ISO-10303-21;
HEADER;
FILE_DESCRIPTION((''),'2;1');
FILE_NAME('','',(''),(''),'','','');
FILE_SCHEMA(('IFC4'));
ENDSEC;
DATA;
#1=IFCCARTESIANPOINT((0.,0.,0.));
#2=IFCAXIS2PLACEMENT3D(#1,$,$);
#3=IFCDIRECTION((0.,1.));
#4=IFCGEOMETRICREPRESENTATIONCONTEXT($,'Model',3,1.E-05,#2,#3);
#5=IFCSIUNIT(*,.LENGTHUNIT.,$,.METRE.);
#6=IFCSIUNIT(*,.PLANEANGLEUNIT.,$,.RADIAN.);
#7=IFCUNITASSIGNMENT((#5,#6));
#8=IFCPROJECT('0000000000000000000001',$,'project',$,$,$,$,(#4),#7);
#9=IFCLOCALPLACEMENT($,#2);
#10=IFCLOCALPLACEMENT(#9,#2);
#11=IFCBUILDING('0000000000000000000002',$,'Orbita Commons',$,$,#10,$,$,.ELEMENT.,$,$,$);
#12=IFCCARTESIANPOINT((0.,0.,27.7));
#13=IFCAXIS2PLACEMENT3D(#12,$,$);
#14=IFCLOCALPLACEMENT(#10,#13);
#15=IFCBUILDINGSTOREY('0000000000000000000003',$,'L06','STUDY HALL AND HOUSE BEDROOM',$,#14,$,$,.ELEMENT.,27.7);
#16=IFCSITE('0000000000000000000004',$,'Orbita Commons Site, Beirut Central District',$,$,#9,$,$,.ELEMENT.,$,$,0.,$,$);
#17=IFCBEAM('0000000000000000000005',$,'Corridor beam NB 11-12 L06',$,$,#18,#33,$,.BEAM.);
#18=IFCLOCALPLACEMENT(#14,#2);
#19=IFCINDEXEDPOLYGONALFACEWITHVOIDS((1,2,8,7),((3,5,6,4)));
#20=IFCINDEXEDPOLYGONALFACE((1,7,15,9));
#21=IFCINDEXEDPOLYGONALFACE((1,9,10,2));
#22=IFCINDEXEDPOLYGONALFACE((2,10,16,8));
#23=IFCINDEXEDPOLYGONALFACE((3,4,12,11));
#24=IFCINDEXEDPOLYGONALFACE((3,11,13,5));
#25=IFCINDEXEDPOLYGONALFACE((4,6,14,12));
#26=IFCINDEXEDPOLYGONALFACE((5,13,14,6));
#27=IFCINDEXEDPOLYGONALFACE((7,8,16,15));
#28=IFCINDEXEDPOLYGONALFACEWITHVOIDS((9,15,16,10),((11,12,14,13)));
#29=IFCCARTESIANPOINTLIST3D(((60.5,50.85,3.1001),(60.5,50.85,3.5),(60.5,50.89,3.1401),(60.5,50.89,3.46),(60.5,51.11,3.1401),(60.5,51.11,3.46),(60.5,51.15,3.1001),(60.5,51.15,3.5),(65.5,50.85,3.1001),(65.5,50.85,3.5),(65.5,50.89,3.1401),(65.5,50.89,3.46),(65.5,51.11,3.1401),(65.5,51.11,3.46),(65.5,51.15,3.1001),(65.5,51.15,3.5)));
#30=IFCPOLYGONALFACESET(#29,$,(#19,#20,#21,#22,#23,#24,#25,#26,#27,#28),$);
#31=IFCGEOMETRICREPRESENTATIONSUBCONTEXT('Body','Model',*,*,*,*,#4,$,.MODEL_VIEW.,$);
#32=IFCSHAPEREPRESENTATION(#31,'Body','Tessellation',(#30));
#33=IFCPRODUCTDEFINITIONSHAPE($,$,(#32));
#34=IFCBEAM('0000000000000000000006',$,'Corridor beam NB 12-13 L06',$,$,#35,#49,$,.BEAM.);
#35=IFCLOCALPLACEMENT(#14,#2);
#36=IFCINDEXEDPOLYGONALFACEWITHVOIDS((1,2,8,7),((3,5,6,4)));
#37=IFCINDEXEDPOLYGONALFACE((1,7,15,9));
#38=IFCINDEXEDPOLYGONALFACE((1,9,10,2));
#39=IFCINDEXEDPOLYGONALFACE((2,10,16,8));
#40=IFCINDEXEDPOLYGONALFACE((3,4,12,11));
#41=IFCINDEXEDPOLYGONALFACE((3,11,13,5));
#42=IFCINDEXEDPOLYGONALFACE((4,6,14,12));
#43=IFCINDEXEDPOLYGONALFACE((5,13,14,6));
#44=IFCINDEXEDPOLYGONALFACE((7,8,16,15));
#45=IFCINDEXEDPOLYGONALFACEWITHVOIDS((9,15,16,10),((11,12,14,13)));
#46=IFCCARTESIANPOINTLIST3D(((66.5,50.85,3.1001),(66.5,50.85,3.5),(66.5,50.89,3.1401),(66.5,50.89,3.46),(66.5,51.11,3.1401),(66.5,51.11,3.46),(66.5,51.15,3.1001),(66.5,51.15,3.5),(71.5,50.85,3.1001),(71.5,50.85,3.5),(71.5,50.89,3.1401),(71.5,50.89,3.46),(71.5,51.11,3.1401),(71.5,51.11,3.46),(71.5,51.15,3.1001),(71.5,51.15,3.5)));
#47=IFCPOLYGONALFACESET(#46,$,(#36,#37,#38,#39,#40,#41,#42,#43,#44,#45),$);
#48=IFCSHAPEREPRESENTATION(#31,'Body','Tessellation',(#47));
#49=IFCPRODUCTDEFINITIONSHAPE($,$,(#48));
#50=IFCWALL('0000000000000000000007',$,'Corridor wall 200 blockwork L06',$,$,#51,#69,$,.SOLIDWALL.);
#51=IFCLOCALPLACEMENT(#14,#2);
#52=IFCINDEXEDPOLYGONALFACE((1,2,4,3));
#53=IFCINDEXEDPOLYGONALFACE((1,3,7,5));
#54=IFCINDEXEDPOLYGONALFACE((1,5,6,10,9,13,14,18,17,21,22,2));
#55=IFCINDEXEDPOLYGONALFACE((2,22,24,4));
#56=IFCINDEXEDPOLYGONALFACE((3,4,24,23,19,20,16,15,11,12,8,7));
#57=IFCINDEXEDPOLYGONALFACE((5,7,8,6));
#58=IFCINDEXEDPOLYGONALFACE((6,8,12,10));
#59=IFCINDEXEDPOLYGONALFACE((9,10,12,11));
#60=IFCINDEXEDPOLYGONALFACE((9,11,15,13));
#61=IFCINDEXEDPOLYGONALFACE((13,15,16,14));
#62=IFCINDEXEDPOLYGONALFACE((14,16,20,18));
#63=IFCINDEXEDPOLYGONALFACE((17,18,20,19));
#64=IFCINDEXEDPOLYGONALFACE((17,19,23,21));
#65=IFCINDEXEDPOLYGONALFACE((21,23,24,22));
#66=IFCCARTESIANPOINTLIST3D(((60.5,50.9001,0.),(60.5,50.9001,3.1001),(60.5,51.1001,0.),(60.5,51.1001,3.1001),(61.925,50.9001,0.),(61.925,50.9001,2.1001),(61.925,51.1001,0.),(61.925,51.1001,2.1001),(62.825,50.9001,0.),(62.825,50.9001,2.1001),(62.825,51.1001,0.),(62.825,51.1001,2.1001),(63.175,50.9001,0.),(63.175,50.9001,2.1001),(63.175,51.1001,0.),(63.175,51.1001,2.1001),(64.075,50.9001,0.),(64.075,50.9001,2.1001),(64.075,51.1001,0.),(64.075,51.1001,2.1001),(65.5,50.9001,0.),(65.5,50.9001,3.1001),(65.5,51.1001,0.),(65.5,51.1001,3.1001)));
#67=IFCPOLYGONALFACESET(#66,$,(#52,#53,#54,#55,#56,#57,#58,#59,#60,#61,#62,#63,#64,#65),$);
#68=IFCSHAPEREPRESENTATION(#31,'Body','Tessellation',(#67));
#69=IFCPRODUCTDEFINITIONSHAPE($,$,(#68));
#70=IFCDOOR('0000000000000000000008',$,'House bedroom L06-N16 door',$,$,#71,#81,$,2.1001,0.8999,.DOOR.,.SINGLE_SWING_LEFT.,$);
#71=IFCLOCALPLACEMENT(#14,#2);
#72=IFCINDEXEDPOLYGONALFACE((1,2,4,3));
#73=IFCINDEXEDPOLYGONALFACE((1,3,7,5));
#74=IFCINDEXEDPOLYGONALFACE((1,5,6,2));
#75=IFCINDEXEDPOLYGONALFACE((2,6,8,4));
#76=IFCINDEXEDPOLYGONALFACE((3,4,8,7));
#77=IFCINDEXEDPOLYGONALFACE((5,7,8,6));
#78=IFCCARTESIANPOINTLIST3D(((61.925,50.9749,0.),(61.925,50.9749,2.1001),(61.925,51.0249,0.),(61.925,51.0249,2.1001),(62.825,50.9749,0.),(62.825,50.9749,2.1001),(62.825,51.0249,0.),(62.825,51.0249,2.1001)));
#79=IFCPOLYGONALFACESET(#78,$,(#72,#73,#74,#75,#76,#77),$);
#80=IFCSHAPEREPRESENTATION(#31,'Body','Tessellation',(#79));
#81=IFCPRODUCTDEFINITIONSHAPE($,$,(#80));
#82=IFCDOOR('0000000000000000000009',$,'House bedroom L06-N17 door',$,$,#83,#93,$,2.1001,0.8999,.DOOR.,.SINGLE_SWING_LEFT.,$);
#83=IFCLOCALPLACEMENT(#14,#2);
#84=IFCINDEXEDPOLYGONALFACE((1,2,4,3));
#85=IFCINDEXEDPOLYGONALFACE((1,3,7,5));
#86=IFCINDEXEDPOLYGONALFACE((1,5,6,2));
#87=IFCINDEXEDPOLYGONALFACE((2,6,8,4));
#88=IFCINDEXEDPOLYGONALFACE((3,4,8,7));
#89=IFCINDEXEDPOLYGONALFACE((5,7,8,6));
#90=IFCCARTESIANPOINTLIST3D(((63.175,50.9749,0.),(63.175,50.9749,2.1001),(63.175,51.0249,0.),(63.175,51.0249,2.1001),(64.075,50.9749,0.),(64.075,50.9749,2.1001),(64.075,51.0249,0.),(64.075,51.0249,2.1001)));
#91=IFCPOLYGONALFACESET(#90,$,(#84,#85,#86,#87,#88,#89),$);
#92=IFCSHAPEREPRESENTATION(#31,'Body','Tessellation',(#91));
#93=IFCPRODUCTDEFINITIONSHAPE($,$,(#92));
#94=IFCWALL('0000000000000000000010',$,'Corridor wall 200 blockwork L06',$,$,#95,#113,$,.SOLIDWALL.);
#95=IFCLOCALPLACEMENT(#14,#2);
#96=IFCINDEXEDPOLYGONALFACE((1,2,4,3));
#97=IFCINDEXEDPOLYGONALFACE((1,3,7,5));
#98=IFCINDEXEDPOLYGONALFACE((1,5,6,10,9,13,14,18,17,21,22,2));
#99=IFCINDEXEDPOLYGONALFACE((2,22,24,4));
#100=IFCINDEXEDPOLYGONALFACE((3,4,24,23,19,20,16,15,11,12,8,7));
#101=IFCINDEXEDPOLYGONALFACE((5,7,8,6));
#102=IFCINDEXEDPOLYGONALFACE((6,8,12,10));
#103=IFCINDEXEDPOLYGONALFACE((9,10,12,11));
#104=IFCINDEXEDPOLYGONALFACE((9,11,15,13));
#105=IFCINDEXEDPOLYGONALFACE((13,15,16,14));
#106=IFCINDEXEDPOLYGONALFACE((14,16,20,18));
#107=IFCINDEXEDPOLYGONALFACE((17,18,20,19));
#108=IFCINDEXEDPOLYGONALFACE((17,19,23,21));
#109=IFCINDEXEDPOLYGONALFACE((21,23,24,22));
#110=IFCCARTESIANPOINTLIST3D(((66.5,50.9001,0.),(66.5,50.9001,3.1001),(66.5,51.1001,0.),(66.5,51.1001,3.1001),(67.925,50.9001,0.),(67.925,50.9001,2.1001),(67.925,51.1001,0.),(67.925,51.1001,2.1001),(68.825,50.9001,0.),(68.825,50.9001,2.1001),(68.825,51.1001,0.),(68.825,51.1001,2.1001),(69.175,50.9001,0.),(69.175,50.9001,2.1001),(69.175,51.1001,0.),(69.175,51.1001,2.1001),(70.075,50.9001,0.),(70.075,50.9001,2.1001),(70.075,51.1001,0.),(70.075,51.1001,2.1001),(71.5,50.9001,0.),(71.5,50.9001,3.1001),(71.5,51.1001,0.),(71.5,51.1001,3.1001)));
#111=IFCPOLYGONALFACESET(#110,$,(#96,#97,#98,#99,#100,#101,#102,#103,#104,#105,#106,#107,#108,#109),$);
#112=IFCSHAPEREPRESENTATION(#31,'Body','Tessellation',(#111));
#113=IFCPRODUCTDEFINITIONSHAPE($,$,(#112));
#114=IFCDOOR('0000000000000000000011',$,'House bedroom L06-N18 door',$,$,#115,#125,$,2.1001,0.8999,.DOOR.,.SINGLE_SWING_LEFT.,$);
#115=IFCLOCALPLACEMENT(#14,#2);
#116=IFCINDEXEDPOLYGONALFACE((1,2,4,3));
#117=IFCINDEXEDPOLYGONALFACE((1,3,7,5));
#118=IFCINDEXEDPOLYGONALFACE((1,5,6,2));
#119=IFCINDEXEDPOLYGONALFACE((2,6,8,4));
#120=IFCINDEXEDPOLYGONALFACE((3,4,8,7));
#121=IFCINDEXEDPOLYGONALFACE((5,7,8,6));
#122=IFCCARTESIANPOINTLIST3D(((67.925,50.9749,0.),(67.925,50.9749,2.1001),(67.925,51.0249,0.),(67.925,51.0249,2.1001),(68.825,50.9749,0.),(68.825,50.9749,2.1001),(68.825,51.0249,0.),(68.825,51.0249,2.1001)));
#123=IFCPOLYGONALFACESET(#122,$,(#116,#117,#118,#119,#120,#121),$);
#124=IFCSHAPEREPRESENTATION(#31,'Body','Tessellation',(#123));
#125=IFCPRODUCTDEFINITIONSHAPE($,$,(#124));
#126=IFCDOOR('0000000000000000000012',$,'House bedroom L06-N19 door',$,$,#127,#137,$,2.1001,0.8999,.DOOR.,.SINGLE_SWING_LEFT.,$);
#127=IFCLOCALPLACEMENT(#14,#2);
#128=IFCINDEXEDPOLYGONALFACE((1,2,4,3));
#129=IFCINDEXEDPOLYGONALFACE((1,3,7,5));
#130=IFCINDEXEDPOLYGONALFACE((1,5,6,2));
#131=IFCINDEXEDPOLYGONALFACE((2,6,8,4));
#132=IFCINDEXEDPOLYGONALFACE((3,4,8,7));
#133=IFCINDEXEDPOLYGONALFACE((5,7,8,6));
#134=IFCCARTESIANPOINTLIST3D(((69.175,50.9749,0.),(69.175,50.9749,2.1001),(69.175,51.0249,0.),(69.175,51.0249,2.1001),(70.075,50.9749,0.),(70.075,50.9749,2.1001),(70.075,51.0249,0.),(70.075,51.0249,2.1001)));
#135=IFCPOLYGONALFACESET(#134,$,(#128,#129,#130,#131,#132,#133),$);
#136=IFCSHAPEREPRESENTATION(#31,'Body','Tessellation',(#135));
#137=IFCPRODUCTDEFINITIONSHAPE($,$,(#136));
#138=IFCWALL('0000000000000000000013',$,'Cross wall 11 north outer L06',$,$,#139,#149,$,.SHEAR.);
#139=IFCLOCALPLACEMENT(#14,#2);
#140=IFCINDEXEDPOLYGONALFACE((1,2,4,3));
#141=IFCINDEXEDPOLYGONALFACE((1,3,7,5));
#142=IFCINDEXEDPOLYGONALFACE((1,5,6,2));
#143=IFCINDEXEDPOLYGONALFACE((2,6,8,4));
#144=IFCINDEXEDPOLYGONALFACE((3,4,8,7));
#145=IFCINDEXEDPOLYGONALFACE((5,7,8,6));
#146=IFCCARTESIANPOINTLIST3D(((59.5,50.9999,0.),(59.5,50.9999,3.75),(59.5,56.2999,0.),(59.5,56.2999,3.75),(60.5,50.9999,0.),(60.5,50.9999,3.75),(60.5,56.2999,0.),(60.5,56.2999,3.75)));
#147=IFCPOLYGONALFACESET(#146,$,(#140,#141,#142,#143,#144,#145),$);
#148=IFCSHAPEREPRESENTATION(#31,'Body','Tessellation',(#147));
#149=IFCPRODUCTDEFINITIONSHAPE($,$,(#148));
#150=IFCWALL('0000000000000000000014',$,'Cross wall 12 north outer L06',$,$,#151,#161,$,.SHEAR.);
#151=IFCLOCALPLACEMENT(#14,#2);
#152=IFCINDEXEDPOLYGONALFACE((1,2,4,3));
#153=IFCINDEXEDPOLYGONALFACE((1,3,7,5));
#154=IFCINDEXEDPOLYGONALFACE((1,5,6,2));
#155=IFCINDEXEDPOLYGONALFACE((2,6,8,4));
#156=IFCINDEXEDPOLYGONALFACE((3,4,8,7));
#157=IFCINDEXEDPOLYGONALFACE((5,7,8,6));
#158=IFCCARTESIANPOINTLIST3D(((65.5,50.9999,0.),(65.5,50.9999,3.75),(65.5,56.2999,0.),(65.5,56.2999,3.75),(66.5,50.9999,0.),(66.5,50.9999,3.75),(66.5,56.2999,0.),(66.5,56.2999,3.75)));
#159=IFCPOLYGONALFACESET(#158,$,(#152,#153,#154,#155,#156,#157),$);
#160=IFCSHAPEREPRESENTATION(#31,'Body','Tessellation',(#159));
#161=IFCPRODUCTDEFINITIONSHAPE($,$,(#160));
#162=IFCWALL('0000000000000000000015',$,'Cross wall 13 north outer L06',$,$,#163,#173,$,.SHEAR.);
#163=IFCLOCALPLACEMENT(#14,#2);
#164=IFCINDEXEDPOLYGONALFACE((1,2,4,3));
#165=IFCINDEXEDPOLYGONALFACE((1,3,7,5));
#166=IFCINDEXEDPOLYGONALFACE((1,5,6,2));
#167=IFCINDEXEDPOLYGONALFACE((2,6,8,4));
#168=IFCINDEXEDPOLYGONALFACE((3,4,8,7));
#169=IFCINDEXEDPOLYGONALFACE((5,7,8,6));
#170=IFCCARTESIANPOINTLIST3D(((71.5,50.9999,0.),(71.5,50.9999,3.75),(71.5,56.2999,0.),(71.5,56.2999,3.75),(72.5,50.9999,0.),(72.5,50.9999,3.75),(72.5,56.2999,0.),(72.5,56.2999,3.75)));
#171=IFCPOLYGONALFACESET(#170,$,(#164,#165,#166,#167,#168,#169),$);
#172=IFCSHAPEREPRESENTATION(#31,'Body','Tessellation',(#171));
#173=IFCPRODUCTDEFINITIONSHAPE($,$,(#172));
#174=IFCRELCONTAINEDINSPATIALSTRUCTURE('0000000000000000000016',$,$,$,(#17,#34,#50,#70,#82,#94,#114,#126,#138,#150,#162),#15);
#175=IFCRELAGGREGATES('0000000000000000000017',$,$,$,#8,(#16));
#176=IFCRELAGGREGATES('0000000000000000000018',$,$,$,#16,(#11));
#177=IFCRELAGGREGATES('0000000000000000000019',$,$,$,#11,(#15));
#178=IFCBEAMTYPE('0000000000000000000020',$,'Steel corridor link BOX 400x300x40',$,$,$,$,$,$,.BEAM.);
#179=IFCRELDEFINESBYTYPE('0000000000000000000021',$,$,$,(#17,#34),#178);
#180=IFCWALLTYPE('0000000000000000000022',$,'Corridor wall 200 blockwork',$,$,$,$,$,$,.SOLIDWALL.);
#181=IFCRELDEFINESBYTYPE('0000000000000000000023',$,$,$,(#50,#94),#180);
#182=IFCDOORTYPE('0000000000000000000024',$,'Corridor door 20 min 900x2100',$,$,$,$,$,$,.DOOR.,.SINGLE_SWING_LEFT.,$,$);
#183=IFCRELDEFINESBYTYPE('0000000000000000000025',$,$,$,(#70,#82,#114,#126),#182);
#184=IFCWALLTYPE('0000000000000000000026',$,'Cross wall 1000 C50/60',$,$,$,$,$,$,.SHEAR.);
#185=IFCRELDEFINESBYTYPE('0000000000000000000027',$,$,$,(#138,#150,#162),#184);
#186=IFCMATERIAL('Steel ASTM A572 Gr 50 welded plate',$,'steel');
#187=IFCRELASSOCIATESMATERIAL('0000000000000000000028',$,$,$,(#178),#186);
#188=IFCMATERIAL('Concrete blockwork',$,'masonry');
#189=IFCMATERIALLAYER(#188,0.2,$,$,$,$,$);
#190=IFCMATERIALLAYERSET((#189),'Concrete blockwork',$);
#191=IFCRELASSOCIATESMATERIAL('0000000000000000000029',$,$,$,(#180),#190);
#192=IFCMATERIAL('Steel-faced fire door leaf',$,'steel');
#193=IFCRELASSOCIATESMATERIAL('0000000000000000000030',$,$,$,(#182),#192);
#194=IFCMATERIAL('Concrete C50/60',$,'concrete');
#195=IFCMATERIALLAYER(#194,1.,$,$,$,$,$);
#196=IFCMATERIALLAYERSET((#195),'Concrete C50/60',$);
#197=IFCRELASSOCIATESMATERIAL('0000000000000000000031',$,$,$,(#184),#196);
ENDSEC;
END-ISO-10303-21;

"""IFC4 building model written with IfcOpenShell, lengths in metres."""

from ifc_helpers import new_model, si_unit, direction, frame, frame_2d, origin, origin_2d, place, context, subcontext, project, spatial, polyline, rectangle, hollow_rectangle, outline, extrude, material, layer, layer_set, material_profile, profile_set, type_object, element, fill, save


model = new_model("IFC4")

# Units and contexts
model_context = context("Model", 3, precision=1e-05, world=origin(), true_north=direction((0.0, 1.0)))
body_context = subcontext(model_context, "Body", "Model", "MODEL_VIEW")
ifc_project = project(units=[si_unit("LENGTHUNIT", "METRE"), si_unit("PLANEANGLEUNIT", "RADIAN")], contexts=[model_context])

# Site, building, storey
site_placement = place(None, origin())
site = spatial("IfcSite", under=ifc_project, at=site_placement, Name="Orbita Commons Site, Beirut Central District", CompositionType="ELEMENT", RefElevation=0.0)
building_placement = place(site_placement, origin())
building = spatial("IfcBuilding", under=site, at=building_placement, Name="Orbita Commons", CompositionType="ELEMENT")
storey_placement = place(building_placement, frame((0.0, 0.0, 27.7)))
storey = spatial("IfcBuildingStorey", under=building, at=storey_placement, Name="L06", Description="STUDY HALL AND HOUSE BEDROOM", CompositionType="ELEMENT", Elevation=27.7)

# Beams
ifc_material_1 = material(Name="Steel ASTM A572 Gr 50 welded plate", Category="steel")
ifc_material_profile = material_profile(ifc_material_1, hollow_rectangle(XDim=0.3, YDim=0.3999, WallThickness=0.04, at=origin_2d()), Name="BOX 400x300x40")
ifc_profile_set = profile_set([ifc_material_profile], Name="Steel ASTM A572 Gr 50 welded plate")
beam_type = type_object("IfcBeamType", Name="Steel corridor link BOX 400x300x40", PredefinedType="BEAM", material=ifc_profile_set)
for number, where, z_axis, x_axis, name in (
    (1, (60.5, 51.0, 3.3), (1.0, 0.0, 0.0), (0.0, 1.0, 0.0), "Corridor beam NB 11-12 L06"),
    (2, (66.5, 51.0, 3.3), (1.0, 0.0, 0.0), (0.0, 1.0, 0.0), "Corridor beam NB 12-13 L06"),
):
    element("IfcBeam", number, at=place(storey_placement, frame(where, z_axis=z_axis, x_axis=x_axis)), inside=storey, type_object=beam_type, Name=name, PredefinedType="BEAM", context=body_context, shape_type="SweptSolid", body=[
        extrude(hollow_rectangle(XDim=0.3, YDim=0.3999, WallThickness=0.04, at=origin_2d()), origin(), (0.0, 0.0, 1.0), 5.0),
    ])

# Walls, openings, doors
ifc_material_2 = material(Name="Concrete blockwork", Category="masonry")
ifc_layer_1 = layer(ifc_material_2, 0.2)
ifc_layer_set_1 = layer_set([ifc_layer_1], Name="Concrete blockwork")
wall_type_1 = type_object("IfcWallType", Name="Corridor wall 200 blockwork", PredefinedType="SOLIDWALL", material=ifc_layer_set_1)
wall_1_placement = place(storey_placement, frame((60.5, 51.0, 0.0), z_axis=(0.0, 0.0, 1.0), x_axis=(1.0, 0.0, 0.0)))
wall_1 = element("IfcWall", 3, at=wall_1_placement, inside=storey, type_object=wall_type_1, Name="Corridor wall 200 blockwork L06", PredefinedType="SOLIDWALL", context=body_context, shape_type="SweptSolid", body=[
    extrude(outline(polyline([(0.0, 0.0), (5.0, 0.0), (5.0, 3.1001), (0.0, 3.1001), (0.0, 0.0)])), frame((0.0, 0.1001, 0.0), z_axis=(0.0, -1.0, 0.0), x_axis=(1.0, 0.0, 0.0)), (0.0, 0.0, 1.0), 0.2),
])
opening_1_placement = place(wall_1_placement, frame((1.425, 0.0, 0.0)))
opening_1 = element("IfcOpeningElement", 4, at=opening_1_placement, cuts=wall_1, PredefinedType="OPENING", context=body_context, shape_type="SweptSolid", body=[
    extrude(rectangle(XDim=0.8999, YDim=2.1001, at=frame_2d((0.45, 1.05))), frame((0.0, 0.1099, 0.0), z_axis=(0.0, -1.0, 0.0), x_axis=(1.0, 0.0, 0.0)), (0.0, 0.0, 1.0), 0.22),
])
opening_2_placement = place(wall_1_placement, frame((2.675, 0.0, 0.0)))
opening_2 = element("IfcOpeningElement", 5, at=opening_2_placement, cuts=wall_1, PredefinedType="OPENING", context=body_context, shape_type="SweptSolid", body=[
    extrude(rectangle(XDim=0.8999, YDim=2.1001, at=frame_2d((0.45, 1.05))), frame((0.0, 0.1099, 0.0), z_axis=(0.0, -1.0, 0.0), x_axis=(1.0, 0.0, 0.0)), (0.0, 0.0, 1.0), 0.22),
])
ifc_material_3 = material(Name="Steel-faced fire door leaf", Category="steel")
door_type_1 = type_object("IfcDoorType", Name="Corridor door 20 min 900x2100", OperationType="SINGLE_SWING_LEFT", PredefinedType="DOOR", material=ifc_material_3)
door_1_placement = place(opening_1_placement, origin())
door_1 = element("IfcDoor", 6, at=door_1_placement, inside=storey, type_object=door_type_1, Name="House bedroom L06-N16 door", OperationType="SINGLE_SWING_LEFT", OverallHeight=2.1001, OverallWidth=0.8999, PredefinedType="DOOR", context=body_context, shape_type="SweptSolid", body=[
    extrude(rectangle(XDim=0.8999, YDim=2.1001, at=frame_2d((0.45, 1.05))), frame((0.0, 0.0249, 0.0), z_axis=(0.0, -1.0, 0.0), x_axis=(1.0, 0.0, 0.0)), (0.0, 0.0, 1.0), 0.05),
])
fill(opening_1, door_1)
door_2_placement = place(opening_2_placement, origin())
door_2 = element("IfcDoor", 7, at=door_2_placement, inside=storey, type_object=door_type_1, Name="House bedroom L06-N17 door", OperationType="SINGLE_SWING_LEFT", OverallHeight=2.1001, OverallWidth=0.8999, PredefinedType="DOOR", context=body_context, shape_type="SweptSolid", body=[
    extrude(rectangle(XDim=0.8999, YDim=2.1001, at=frame_2d((0.45, 1.05))), frame((0.0, 0.0249, 0.0), z_axis=(0.0, -1.0, 0.0), x_axis=(1.0, 0.0, 0.0)), (0.0, 0.0, 1.0), 0.05),
])
fill(opening_2, door_2)
wall_2_placement = place(storey_placement, frame((66.5, 51.0, 0.0), z_axis=(0.0, 0.0, 1.0), x_axis=(1.0, 0.0, 0.0)))
wall_2 = element("IfcWall", 8, at=wall_2_placement, inside=storey, type_object=wall_type_1, Name="Corridor wall 200 blockwork L06", PredefinedType="SOLIDWALL", context=body_context, shape_type="SweptSolid", body=[
    extrude(outline(polyline([(0.0, 0.0), (5.0, 0.0), (5.0, 3.1001), (0.0, 3.1001), (0.0, 0.0)])), frame((0.0, 0.1001, 0.0), z_axis=(0.0, -1.0, 0.0), x_axis=(1.0, 0.0, 0.0)), (0.0, 0.0, 1.0), 0.2),
])
opening_3_placement = place(wall_2_placement, frame((1.425, 0.0, 0.0)))
opening_3 = element("IfcOpeningElement", 9, at=opening_3_placement, cuts=wall_2, PredefinedType="OPENING", context=body_context, shape_type="SweptSolid", body=[
    extrude(rectangle(XDim=0.8999, YDim=2.1001, at=frame_2d((0.45, 1.05))), frame((0.0, 0.1099, 0.0), z_axis=(0.0, -1.0, 0.0), x_axis=(1.0, 0.0, 0.0)), (0.0, 0.0, 1.0), 0.22),
])
opening_4_placement = place(wall_2_placement, frame((2.675, 0.0, 0.0)))
opening_4 = element("IfcOpeningElement", 10, at=opening_4_placement, cuts=wall_2, PredefinedType="OPENING", context=body_context, shape_type="SweptSolid", body=[
    extrude(rectangle(XDim=0.8999, YDim=2.1001, at=frame_2d((0.45, 1.05))), frame((0.0, 0.1099, 0.0), z_axis=(0.0, -1.0, 0.0), x_axis=(1.0, 0.0, 0.0)), (0.0, 0.0, 1.0), 0.22),
])
door_3_placement = place(opening_3_placement, origin())
door_3 = element("IfcDoor", 11, at=door_3_placement, inside=storey, type_object=door_type_1, Name="House bedroom L06-N18 door", OperationType="SINGLE_SWING_LEFT", OverallHeight=2.1001, OverallWidth=0.8999, PredefinedType="DOOR", context=body_context, shape_type="SweptSolid", body=[
    extrude(rectangle(XDim=0.8999, YDim=2.1001, at=frame_2d((0.45, 1.05))), frame((0.0, 0.0249, 0.0), z_axis=(0.0, -1.0, 0.0), x_axis=(1.0, 0.0, 0.0)), (0.0, 0.0, 1.0), 0.05),
])
fill(opening_3, door_3)
door_4_placement = place(opening_4_placement, origin())
door_4 = element("IfcDoor", 12, at=door_4_placement, inside=storey, type_object=door_type_1, Name="House bedroom L06-N19 door", OperationType="SINGLE_SWING_LEFT", OverallHeight=2.1001, OverallWidth=0.8999, PredefinedType="DOOR", context=body_context, shape_type="SweptSolid", body=[
    extrude(rectangle(XDim=0.8999, YDim=2.1001, at=frame_2d((0.45, 1.05))), frame((0.0, 0.0249, 0.0), z_axis=(0.0, -1.0, 0.0), x_axis=(1.0, 0.0, 0.0)), (0.0, 0.0, 1.0), 0.05),
])
fill(opening_4, door_4)

# Walls
ifc_material_4 = material(Name="Concrete C50/60", Category="concrete")
ifc_layer_2 = layer(ifc_material_4, 1.0)
ifc_layer_set_2 = layer_set([ifc_layer_2], Name="Concrete C50/60")
wall_type_2 = type_object("IfcWallType", Name="Cross wall 1000 C50/60", PredefinedType="SHEAR", material=ifc_layer_set_2)
for number, where, z_axis, x_axis, name in (
    (13, (60.0, 51.0, 0.0), (0.0, 0.0, 1.0), (0.0, 1.0, 0.0), "Cross wall 11 north outer L06"),
    (14, (66.0, 51.0, 0.0), (0.0, 0.0, 1.0), (0.0, 1.0, 0.0), "Cross wall 12 north outer L06"),
    (15, (72.0, 51.0, 0.0), (0.0, 0.0, 1.0), (0.0, 1.0, 0.0), "Cross wall 13 north outer L06"),
):
    element("IfcWall", number, at=place(storey_placement, frame(where, z_axis=z_axis, x_axis=x_axis)), inside=storey, type_object=wall_type_2, Name=name, PredefinedType="SHEAR", context=body_context, shape_type="SweptSolid", body=[
        extrude(rectangle(XDim=5.3, YDim=1.0, at=frame_2d((2.6499, 0.0))), origin(), (0.0, 0.0, 1.0), 3.75),
    ])

save(model, "model.ifc")
